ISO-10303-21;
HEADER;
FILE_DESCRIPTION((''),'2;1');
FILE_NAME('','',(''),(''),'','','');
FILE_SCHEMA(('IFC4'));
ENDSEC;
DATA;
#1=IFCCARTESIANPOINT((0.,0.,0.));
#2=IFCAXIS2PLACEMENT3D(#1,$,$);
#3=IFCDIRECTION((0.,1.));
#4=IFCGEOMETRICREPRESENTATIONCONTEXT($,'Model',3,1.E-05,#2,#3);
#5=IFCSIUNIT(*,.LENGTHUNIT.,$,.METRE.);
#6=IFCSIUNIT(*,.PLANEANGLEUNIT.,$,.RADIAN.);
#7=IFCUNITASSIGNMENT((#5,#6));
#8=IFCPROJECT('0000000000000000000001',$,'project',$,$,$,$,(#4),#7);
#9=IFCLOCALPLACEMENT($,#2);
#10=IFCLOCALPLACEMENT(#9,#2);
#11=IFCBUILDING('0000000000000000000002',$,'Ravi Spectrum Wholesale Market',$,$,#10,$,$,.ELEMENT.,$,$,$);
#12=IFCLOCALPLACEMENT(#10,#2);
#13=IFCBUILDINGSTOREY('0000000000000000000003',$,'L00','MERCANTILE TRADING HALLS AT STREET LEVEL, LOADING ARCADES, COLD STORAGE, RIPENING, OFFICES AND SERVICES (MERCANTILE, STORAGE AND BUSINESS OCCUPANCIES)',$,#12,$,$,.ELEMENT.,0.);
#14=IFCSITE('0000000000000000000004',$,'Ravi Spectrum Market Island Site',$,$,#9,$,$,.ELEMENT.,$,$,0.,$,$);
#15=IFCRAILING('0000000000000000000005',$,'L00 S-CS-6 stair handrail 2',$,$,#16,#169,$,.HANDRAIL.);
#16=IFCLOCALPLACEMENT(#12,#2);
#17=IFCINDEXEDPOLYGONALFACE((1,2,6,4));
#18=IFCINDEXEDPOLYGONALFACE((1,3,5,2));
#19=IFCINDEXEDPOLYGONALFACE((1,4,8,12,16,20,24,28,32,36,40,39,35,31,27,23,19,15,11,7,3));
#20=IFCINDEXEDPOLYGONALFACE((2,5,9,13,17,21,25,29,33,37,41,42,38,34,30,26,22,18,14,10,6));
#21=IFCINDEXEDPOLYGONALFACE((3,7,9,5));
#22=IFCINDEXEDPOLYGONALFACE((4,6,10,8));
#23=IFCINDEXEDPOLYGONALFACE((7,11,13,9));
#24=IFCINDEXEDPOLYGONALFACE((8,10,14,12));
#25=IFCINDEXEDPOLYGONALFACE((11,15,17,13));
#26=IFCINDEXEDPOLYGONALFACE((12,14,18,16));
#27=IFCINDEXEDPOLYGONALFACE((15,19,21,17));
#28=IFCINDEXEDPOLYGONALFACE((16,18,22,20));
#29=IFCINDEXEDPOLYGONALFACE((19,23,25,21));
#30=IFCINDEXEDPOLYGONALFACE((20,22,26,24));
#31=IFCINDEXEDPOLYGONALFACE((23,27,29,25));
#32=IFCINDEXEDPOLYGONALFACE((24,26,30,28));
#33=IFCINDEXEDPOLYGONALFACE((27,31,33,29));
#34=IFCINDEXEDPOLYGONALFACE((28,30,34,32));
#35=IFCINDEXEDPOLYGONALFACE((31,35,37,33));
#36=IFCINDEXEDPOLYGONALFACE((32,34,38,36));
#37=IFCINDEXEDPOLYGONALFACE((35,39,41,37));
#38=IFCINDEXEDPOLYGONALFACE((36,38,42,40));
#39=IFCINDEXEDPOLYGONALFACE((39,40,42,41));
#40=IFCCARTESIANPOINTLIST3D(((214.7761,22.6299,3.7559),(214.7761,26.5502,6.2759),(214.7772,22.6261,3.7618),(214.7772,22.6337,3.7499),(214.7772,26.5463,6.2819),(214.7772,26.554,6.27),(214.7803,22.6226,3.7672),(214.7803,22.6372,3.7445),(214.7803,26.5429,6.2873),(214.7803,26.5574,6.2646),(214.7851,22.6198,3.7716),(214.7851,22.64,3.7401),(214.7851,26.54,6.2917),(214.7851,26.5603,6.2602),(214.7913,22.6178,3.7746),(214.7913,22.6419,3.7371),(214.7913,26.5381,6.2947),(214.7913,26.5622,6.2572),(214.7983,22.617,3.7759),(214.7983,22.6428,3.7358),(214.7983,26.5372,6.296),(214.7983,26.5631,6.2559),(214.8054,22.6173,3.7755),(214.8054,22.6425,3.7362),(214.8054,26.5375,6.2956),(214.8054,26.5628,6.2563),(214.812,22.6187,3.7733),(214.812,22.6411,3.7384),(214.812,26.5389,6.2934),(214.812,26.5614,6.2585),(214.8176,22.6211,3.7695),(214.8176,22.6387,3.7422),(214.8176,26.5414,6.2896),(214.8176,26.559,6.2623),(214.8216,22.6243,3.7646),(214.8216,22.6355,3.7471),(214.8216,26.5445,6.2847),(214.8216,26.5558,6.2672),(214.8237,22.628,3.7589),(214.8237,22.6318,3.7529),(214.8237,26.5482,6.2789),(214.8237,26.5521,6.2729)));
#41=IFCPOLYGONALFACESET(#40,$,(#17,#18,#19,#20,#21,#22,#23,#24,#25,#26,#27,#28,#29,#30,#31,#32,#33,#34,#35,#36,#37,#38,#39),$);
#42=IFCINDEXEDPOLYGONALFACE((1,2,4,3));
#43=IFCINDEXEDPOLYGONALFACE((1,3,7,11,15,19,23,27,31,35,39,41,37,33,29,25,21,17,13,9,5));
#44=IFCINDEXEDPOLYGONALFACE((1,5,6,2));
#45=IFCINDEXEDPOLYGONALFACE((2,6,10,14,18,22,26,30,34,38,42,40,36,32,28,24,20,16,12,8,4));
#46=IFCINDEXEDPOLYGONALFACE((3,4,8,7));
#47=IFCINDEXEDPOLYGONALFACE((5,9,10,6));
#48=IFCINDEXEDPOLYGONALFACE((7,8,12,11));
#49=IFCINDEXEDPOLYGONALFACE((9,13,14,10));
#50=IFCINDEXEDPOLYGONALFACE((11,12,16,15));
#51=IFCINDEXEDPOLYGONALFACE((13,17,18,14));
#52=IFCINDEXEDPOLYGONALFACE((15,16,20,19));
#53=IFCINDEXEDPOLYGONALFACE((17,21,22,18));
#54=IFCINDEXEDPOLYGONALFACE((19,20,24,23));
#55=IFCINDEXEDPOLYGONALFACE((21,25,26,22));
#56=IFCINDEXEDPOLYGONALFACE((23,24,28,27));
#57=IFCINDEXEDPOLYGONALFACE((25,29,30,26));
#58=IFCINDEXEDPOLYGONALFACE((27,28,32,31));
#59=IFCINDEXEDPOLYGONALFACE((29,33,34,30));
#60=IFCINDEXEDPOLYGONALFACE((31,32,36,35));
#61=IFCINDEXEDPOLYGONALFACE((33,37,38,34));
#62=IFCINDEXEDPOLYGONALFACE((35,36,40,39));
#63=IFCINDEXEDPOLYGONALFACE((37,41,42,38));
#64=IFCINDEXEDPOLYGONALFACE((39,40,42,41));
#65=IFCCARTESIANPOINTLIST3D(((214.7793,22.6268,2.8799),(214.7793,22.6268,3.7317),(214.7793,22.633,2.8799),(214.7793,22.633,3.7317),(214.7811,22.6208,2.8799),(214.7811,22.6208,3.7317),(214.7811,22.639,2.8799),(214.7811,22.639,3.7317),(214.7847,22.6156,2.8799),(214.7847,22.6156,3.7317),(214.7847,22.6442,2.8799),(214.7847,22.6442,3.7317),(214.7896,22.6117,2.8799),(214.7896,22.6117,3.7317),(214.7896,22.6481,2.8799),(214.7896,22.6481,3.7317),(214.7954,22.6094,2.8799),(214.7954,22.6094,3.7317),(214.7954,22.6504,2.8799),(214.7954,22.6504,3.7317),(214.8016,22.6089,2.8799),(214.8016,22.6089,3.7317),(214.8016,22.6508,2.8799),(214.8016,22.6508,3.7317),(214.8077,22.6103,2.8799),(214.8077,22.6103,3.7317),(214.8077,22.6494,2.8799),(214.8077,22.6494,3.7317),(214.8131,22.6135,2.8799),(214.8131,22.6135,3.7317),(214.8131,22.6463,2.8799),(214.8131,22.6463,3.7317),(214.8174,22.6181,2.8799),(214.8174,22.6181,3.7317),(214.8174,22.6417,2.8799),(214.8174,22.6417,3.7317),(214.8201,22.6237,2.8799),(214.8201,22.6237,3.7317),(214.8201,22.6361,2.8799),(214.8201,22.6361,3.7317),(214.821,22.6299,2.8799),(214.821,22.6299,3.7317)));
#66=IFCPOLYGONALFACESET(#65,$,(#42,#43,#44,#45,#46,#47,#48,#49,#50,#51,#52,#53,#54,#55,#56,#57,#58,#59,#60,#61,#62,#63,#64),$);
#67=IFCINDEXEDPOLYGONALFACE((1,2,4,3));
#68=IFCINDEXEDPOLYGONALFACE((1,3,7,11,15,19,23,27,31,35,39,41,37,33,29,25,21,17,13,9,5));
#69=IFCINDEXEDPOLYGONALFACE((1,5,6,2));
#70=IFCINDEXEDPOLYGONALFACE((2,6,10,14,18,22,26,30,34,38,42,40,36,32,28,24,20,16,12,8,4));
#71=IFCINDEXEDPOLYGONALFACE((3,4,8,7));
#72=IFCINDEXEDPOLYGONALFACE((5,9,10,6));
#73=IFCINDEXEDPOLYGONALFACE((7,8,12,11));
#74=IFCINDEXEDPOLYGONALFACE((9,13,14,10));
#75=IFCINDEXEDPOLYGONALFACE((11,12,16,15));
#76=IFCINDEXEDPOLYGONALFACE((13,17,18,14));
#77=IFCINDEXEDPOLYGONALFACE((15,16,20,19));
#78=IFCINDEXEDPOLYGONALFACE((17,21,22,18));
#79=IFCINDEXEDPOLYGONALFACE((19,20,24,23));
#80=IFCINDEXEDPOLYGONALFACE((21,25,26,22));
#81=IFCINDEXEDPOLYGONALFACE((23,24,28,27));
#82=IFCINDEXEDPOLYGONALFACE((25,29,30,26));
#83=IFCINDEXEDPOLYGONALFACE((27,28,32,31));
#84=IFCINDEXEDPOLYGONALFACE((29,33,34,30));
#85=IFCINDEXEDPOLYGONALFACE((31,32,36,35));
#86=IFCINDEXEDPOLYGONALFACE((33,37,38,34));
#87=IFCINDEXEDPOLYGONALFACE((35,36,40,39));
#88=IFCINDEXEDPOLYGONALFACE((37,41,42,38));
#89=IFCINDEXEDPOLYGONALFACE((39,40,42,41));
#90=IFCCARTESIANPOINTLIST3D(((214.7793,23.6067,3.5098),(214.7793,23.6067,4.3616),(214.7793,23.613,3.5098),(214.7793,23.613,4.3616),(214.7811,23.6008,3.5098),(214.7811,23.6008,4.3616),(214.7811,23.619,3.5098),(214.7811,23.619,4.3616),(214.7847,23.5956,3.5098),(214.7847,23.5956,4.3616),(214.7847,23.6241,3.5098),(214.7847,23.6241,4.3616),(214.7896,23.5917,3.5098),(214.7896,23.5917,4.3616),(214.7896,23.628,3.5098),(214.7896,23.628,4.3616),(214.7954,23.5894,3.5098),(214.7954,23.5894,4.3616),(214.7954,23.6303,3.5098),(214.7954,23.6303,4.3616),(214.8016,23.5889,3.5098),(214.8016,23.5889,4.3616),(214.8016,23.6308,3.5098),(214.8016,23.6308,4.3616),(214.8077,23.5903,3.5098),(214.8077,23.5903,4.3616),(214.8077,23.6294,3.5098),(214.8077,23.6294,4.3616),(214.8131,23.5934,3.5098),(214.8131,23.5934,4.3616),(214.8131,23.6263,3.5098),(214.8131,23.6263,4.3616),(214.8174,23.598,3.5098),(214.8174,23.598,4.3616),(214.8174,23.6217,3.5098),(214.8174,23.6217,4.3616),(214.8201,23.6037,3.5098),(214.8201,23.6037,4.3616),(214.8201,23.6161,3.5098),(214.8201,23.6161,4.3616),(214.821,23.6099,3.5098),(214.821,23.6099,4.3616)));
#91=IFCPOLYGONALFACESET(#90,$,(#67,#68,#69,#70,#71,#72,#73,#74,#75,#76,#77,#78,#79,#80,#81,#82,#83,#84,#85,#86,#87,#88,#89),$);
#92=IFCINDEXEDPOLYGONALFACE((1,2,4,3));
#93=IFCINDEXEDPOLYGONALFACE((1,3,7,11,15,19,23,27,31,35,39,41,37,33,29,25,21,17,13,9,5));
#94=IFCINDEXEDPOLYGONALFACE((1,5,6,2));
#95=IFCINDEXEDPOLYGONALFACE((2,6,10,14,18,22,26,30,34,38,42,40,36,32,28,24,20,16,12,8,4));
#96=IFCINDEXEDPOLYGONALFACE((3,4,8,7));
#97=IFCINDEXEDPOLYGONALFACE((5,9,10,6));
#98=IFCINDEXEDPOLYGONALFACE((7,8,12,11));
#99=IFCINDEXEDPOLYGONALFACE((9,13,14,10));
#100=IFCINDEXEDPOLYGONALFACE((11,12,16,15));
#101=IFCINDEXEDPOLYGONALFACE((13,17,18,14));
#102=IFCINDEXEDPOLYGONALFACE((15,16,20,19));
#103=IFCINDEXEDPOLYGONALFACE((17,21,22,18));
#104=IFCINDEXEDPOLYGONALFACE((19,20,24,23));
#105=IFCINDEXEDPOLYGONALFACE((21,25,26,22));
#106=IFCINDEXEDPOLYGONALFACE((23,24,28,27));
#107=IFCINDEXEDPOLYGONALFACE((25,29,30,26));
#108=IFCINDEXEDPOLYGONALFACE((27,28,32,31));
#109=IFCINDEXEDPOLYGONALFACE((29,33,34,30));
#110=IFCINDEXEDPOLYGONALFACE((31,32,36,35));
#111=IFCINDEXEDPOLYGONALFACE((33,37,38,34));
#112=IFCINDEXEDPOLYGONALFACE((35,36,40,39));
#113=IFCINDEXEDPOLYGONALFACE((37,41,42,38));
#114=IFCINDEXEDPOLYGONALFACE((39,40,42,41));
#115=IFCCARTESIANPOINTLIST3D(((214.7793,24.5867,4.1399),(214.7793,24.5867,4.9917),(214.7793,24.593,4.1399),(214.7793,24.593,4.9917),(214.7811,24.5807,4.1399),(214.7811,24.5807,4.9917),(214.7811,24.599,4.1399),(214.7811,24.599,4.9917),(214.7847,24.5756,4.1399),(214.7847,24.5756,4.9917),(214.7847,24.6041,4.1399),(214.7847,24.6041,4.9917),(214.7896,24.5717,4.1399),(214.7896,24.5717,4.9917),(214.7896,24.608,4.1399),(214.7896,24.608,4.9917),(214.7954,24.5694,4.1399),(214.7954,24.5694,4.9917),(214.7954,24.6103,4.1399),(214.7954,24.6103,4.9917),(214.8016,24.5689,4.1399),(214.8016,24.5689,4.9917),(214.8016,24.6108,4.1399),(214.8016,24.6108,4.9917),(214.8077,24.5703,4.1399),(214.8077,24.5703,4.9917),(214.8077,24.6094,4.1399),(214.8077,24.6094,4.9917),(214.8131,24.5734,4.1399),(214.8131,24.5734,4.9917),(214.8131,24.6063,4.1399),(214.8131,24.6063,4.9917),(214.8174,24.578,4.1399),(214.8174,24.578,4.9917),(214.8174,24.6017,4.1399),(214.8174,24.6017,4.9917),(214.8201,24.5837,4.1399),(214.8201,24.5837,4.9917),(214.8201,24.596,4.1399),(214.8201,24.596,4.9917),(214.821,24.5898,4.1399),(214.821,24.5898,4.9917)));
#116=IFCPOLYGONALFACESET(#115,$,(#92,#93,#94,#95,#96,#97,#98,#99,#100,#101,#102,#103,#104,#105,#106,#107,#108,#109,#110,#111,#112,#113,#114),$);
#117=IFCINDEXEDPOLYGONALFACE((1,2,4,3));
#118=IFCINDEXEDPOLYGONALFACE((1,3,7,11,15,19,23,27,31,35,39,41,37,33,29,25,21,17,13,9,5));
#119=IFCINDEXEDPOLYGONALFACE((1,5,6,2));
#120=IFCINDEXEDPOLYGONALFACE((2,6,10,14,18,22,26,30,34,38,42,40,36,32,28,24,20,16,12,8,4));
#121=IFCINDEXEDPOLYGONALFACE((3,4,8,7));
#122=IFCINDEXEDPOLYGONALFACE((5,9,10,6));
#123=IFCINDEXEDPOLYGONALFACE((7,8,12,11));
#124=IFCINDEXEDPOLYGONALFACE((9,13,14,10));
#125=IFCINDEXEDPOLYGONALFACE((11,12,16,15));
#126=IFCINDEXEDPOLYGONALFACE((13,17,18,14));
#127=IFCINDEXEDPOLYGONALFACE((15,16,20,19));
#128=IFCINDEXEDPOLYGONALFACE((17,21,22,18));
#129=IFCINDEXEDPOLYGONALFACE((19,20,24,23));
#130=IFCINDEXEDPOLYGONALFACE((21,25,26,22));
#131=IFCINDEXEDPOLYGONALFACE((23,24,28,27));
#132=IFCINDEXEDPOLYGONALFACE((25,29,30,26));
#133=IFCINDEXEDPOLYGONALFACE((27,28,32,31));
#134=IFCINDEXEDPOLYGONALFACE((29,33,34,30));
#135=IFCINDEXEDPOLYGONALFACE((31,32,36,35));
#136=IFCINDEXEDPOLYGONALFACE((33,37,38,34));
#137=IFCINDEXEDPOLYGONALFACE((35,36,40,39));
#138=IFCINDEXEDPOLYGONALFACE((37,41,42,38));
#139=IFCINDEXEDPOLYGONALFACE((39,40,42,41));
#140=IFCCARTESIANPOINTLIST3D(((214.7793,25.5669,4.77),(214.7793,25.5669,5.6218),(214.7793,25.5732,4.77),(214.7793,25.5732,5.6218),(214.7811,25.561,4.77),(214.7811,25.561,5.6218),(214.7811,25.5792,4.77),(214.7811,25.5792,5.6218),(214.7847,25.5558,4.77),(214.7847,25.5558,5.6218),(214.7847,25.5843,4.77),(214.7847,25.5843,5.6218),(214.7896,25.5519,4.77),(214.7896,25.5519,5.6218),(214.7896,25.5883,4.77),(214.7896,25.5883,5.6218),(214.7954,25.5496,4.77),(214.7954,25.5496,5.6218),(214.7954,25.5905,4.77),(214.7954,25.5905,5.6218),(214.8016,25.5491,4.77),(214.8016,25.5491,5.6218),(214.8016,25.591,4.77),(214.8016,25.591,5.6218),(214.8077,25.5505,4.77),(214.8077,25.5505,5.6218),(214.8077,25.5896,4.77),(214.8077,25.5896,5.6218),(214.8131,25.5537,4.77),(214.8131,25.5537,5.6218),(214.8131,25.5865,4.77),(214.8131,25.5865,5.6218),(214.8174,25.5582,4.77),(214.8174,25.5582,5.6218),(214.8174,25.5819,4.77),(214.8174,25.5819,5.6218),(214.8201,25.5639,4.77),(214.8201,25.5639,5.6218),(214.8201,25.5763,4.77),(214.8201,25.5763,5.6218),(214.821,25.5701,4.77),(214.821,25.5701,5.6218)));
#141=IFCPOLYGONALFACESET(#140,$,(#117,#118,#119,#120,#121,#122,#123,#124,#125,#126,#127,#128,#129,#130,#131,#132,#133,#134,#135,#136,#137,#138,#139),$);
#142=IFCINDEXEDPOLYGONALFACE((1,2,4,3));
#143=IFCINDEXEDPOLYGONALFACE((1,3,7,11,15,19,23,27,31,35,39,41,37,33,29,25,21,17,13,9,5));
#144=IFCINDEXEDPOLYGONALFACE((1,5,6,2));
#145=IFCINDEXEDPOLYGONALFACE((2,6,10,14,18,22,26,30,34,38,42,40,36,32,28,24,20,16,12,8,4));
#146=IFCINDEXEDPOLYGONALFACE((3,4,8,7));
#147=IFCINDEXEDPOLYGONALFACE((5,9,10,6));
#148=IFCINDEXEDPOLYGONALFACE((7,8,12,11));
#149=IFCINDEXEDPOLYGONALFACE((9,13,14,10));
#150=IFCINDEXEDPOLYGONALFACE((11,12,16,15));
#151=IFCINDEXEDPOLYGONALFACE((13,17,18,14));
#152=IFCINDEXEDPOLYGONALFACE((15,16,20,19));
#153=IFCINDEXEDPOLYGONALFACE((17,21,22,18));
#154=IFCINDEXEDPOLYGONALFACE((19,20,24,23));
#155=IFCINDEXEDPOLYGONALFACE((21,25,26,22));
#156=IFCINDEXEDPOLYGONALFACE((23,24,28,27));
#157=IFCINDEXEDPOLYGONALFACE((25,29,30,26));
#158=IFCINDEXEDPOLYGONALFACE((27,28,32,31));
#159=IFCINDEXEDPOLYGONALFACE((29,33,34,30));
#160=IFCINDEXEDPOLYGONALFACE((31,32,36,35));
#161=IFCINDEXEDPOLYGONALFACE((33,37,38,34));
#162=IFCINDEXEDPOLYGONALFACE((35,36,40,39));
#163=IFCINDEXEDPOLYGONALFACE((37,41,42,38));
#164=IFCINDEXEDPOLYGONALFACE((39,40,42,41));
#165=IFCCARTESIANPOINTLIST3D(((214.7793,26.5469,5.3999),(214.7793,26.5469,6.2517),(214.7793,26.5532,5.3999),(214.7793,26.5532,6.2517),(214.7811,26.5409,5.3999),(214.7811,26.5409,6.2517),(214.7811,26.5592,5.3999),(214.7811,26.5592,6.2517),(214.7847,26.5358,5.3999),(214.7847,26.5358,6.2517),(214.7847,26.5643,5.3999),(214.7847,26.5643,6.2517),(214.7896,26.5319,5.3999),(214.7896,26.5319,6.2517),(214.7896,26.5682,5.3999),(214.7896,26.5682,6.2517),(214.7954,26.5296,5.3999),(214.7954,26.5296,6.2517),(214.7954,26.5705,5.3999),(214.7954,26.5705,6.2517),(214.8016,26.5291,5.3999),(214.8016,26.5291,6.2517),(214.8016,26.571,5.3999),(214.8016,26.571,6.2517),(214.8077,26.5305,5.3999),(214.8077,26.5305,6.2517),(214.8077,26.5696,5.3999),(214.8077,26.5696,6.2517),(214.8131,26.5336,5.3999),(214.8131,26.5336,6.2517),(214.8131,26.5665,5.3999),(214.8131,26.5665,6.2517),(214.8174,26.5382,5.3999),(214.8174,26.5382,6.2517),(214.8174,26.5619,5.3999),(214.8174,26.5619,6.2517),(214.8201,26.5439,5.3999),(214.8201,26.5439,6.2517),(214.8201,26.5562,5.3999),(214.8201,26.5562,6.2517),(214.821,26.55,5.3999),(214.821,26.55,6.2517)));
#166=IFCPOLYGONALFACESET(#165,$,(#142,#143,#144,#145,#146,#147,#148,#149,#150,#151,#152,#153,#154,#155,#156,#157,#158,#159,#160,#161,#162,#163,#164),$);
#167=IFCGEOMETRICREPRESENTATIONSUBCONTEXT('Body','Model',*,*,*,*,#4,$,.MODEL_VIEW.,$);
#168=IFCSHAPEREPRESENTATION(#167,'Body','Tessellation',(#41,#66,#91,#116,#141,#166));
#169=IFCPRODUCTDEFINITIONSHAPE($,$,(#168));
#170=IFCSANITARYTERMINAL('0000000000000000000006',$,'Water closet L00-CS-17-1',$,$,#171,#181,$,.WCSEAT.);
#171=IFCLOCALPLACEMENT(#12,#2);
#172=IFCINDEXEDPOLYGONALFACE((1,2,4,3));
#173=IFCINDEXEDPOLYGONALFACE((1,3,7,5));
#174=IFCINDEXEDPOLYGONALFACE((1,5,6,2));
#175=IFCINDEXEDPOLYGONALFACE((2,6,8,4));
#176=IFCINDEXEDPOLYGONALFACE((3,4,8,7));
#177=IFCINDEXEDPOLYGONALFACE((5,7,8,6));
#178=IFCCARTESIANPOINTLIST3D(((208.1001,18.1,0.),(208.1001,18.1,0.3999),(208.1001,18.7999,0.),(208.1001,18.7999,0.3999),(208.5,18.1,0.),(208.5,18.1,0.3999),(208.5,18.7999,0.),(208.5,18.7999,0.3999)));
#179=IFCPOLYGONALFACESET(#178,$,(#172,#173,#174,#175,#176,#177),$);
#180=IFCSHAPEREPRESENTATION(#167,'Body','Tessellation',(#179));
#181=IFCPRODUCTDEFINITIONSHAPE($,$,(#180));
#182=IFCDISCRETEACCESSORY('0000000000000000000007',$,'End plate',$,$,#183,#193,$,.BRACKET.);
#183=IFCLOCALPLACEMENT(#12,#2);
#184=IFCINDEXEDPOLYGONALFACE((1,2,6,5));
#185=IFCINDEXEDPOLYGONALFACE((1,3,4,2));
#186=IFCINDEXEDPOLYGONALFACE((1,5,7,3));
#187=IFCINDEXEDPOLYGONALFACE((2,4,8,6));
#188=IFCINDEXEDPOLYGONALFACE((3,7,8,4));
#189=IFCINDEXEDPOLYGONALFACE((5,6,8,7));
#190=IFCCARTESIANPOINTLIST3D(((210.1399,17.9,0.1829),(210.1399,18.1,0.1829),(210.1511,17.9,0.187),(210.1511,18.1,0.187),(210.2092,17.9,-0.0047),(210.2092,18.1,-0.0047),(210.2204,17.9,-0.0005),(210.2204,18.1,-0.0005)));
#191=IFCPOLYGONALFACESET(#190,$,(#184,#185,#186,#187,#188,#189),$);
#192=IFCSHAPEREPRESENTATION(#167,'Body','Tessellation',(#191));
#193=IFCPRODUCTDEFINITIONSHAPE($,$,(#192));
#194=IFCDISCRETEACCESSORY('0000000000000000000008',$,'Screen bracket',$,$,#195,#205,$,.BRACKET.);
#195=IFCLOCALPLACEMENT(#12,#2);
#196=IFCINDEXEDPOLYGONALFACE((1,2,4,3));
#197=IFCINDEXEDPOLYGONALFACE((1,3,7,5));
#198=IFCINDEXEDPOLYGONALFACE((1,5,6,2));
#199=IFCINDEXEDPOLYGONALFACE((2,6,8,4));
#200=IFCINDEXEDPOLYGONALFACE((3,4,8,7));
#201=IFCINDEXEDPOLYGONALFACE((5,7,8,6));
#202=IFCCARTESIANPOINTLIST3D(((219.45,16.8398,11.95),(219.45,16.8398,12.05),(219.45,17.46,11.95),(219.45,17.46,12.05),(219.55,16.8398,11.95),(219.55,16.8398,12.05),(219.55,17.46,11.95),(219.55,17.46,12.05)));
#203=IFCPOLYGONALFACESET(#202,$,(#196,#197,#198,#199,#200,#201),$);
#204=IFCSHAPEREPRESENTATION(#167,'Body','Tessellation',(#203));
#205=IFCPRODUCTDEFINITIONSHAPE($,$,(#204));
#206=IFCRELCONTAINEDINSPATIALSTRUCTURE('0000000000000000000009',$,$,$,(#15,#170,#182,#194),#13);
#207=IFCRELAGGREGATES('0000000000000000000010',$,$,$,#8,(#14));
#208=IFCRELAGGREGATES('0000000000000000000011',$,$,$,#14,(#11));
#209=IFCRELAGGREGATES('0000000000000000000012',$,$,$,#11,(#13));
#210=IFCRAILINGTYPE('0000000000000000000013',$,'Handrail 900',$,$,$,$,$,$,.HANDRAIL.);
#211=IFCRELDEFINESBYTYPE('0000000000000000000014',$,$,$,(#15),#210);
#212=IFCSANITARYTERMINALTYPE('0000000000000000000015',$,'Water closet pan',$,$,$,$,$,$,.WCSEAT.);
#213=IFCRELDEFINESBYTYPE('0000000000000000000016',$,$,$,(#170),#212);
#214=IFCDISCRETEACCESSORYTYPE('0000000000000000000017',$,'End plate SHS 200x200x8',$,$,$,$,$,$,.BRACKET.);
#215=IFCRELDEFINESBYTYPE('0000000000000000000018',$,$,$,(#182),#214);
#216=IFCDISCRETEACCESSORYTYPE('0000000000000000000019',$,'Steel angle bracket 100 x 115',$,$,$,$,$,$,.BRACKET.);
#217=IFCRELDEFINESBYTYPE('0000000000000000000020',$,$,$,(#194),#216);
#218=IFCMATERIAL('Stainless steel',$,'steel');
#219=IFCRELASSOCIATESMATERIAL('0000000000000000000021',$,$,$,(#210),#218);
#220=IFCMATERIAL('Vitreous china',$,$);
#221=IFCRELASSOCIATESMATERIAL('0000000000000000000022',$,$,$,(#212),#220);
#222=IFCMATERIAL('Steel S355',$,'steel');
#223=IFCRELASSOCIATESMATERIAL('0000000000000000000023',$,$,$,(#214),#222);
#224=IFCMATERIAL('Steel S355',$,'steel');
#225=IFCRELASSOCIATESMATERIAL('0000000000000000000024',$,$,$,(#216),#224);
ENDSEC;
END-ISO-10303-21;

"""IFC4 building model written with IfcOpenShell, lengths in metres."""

from ifc_helpers import new_model, si_unit, direction, frame, origin, origin_2d, place, context, subcontext, project, spatial, rectangle, circle, extrude, material, material_profile, profile_set, type_object, element, save


model = new_model("IFC4")

# Units and contexts
model_context = context("Model", 3, precision=1e-05, world=origin(), true_north=direction((0.0, 1.0)))
body_context = subcontext(model_context, "Body", "Model", "MODEL_VIEW")
ifc_project = project(units=[si_unit("LENGTHUNIT", "METRE"), si_unit("PLANEANGLEUNIT", "RADIAN")], contexts=[model_context])

# Site, building, storey
site_placement = place(None, origin())
site = spatial("IfcSite", under=ifc_project, at=site_placement, Name="Ravi Spectrum Market Island Site", CompositionType="ELEMENT", RefElevation=0.0)
building_placement = place(site_placement, origin())
building = spatial("IfcBuilding", under=site, at=building_placement, Name="Ravi Spectrum Wholesale Market", CompositionType="ELEMENT")
storey_placement = place(building_placement, origin())
storey = spatial("IfcBuildingStorey", under=building, at=storey_placement, Name="L00", Description="MERCANTILE TRADING HALLS AT STREET LEVEL, LOADING ARCADES, COLD STORAGE, RIPENING, OFFICES AND SERVICES (MERCANTILE, STORAGE AND BUSINESS OCCUPANCIES)", CompositionType="ELEMENT", Elevation=0.0)

# Railing
ifc_material_1 = material(Name="Stainless steel", Category="steel")
railing_type_1 = type_object("IfcRailingType", Name="Handrail 900", PredefinedType="HANDRAIL", material=ifc_material_1)
railing_1_placement = place(storey_placement, frame((214.8, 22.6299, 2.8799)))
element("IfcRailing", 1, at=railing_1_placement, inside=storey, type_object=railing_type_1, Name="L00 S-CS-6 stair handrail 2", PredefinedType="HANDRAIL", context=body_context, shape_type="SweptSolid", body=[
    extrude(circle(Radius=0.0239, at=origin_2d()), frame((0.0, 0.0, 0.876), z_axis=(0.0, 0.841187, 0.540744), x_axis=(-1.0, 0.0, 0.0)), (0.0, 0.0, 1.0), 4.6604),
    extrude(circle(Radius=0.021, at=origin_2d()), origin(), (0.0, 0.0, 1.0), 0.8518),
    extrude(circle(Radius=0.021, at=origin_2d()), frame((0.0, 0.98, 0.6299)), (0.0, 0.0, 1.0), 0.8518),
    extrude(circle(Radius=0.021, at=origin_2d()), frame((0.0, 1.96, 1.26)), (0.0, 0.0, 1.0), 0.8518),
    extrude(circle(Radius=0.021, at=origin_2d()), frame((0.0, 2.9402, 1.8901)), (0.0, 0.0, 1.0), 0.8518),
    extrude(circle(Radius=0.021, at=origin_2d()), frame((0.0, 3.9202, 2.52)), (0.0, 0.0, 1.0), 0.8518),
])

# Sanitary terminal
ifc_material_2 = material(Name="Vitreous china")
sanitary_terminal_type = type_object("IfcSanitaryTerminalType", Name="Water closet pan", PredefinedType="WCSEAT", material=ifc_material_2)
sanitary_terminal_placement = place(storey_placement, frame((208.3, 18.45, 0.0), z_axis=(0.0, 0.0, 1.0), x_axis=(1.0, 0.0, 0.0)))
element("IfcSanitaryTerminal", 2, at=sanitary_terminal_placement, inside=storey, type_object=sanitary_terminal_type, Name="Water closet L00-CS-17-1", PredefinedType="WCSEAT", context=body_context, shape_type="SweptSolid", body=[
    extrude(rectangle(XDim=0.3999, YDim=0.7, at=origin_2d()), origin(), (0.0, 0.0, 1.0), 0.3999),
])

# Discrete accessories
ifc_material_3 = material(Name="Steel S355", Category="steel")
ifc_material_profile_1 = material_profile(ifc_material_3, rectangle(XDim=0.2, YDim=0.2, at=origin_2d()))
ifc_profile_set_1 = profile_set([ifc_material_profile_1], Name="Steel S355")
discrete_accessory_type_1 = type_object("IfcDiscreteAccessoryType", Name="End plate SHS 200x200x8", PredefinedType="BRACKET", material=ifc_profile_set_1)
discrete_accessory_1_placement = place(storey_placement, frame((210.1858, 18.0, 0.0933), z_axis=(-0.937994, 0.0, -0.34665), x_axis=(0.0, -1.0, 0.0)))
element("IfcDiscreteAccessory", 3, at=discrete_accessory_1_placement, inside=storey, type_object=discrete_accessory_type_1, Name="End plate", PredefinedType="BRACKET", context=body_context, shape_type="SweptSolid", body=[
    extrude(rectangle(XDim=0.2, YDim=0.2, at=origin_2d()), origin(), (0.0, 0.0, 1.0), 0.012),
])
ifc_material_4 = material(Name="Steel S355", Category="steel")
discrete_accessory_type_2 = type_object("IfcDiscreteAccessoryType", Name="Steel angle bracket 100 x 115", PredefinedType="BRACKET", material=ifc_material_4)
discrete_accessory_2_placement = place(storey_placement, frame((219.5, 17.1499, 11.95), z_axis=(0.0, 0.0, 1.0), x_axis=(1.0, 0.0, 0.0)))
element("IfcDiscreteAccessory", 4, at=discrete_accessory_2_placement, inside=storey, type_object=discrete_accessory_type_2, Name="Screen bracket", PredefinedType="BRACKET", context=body_context, shape_type="SweptSolid", body=[
    extrude(rectangle(XDim=0.1001, YDim=0.6201, at=origin_2d()), origin(), (0.0, 0.0, 1.0), 0.1001),
])

save(model, "model.ifc")
